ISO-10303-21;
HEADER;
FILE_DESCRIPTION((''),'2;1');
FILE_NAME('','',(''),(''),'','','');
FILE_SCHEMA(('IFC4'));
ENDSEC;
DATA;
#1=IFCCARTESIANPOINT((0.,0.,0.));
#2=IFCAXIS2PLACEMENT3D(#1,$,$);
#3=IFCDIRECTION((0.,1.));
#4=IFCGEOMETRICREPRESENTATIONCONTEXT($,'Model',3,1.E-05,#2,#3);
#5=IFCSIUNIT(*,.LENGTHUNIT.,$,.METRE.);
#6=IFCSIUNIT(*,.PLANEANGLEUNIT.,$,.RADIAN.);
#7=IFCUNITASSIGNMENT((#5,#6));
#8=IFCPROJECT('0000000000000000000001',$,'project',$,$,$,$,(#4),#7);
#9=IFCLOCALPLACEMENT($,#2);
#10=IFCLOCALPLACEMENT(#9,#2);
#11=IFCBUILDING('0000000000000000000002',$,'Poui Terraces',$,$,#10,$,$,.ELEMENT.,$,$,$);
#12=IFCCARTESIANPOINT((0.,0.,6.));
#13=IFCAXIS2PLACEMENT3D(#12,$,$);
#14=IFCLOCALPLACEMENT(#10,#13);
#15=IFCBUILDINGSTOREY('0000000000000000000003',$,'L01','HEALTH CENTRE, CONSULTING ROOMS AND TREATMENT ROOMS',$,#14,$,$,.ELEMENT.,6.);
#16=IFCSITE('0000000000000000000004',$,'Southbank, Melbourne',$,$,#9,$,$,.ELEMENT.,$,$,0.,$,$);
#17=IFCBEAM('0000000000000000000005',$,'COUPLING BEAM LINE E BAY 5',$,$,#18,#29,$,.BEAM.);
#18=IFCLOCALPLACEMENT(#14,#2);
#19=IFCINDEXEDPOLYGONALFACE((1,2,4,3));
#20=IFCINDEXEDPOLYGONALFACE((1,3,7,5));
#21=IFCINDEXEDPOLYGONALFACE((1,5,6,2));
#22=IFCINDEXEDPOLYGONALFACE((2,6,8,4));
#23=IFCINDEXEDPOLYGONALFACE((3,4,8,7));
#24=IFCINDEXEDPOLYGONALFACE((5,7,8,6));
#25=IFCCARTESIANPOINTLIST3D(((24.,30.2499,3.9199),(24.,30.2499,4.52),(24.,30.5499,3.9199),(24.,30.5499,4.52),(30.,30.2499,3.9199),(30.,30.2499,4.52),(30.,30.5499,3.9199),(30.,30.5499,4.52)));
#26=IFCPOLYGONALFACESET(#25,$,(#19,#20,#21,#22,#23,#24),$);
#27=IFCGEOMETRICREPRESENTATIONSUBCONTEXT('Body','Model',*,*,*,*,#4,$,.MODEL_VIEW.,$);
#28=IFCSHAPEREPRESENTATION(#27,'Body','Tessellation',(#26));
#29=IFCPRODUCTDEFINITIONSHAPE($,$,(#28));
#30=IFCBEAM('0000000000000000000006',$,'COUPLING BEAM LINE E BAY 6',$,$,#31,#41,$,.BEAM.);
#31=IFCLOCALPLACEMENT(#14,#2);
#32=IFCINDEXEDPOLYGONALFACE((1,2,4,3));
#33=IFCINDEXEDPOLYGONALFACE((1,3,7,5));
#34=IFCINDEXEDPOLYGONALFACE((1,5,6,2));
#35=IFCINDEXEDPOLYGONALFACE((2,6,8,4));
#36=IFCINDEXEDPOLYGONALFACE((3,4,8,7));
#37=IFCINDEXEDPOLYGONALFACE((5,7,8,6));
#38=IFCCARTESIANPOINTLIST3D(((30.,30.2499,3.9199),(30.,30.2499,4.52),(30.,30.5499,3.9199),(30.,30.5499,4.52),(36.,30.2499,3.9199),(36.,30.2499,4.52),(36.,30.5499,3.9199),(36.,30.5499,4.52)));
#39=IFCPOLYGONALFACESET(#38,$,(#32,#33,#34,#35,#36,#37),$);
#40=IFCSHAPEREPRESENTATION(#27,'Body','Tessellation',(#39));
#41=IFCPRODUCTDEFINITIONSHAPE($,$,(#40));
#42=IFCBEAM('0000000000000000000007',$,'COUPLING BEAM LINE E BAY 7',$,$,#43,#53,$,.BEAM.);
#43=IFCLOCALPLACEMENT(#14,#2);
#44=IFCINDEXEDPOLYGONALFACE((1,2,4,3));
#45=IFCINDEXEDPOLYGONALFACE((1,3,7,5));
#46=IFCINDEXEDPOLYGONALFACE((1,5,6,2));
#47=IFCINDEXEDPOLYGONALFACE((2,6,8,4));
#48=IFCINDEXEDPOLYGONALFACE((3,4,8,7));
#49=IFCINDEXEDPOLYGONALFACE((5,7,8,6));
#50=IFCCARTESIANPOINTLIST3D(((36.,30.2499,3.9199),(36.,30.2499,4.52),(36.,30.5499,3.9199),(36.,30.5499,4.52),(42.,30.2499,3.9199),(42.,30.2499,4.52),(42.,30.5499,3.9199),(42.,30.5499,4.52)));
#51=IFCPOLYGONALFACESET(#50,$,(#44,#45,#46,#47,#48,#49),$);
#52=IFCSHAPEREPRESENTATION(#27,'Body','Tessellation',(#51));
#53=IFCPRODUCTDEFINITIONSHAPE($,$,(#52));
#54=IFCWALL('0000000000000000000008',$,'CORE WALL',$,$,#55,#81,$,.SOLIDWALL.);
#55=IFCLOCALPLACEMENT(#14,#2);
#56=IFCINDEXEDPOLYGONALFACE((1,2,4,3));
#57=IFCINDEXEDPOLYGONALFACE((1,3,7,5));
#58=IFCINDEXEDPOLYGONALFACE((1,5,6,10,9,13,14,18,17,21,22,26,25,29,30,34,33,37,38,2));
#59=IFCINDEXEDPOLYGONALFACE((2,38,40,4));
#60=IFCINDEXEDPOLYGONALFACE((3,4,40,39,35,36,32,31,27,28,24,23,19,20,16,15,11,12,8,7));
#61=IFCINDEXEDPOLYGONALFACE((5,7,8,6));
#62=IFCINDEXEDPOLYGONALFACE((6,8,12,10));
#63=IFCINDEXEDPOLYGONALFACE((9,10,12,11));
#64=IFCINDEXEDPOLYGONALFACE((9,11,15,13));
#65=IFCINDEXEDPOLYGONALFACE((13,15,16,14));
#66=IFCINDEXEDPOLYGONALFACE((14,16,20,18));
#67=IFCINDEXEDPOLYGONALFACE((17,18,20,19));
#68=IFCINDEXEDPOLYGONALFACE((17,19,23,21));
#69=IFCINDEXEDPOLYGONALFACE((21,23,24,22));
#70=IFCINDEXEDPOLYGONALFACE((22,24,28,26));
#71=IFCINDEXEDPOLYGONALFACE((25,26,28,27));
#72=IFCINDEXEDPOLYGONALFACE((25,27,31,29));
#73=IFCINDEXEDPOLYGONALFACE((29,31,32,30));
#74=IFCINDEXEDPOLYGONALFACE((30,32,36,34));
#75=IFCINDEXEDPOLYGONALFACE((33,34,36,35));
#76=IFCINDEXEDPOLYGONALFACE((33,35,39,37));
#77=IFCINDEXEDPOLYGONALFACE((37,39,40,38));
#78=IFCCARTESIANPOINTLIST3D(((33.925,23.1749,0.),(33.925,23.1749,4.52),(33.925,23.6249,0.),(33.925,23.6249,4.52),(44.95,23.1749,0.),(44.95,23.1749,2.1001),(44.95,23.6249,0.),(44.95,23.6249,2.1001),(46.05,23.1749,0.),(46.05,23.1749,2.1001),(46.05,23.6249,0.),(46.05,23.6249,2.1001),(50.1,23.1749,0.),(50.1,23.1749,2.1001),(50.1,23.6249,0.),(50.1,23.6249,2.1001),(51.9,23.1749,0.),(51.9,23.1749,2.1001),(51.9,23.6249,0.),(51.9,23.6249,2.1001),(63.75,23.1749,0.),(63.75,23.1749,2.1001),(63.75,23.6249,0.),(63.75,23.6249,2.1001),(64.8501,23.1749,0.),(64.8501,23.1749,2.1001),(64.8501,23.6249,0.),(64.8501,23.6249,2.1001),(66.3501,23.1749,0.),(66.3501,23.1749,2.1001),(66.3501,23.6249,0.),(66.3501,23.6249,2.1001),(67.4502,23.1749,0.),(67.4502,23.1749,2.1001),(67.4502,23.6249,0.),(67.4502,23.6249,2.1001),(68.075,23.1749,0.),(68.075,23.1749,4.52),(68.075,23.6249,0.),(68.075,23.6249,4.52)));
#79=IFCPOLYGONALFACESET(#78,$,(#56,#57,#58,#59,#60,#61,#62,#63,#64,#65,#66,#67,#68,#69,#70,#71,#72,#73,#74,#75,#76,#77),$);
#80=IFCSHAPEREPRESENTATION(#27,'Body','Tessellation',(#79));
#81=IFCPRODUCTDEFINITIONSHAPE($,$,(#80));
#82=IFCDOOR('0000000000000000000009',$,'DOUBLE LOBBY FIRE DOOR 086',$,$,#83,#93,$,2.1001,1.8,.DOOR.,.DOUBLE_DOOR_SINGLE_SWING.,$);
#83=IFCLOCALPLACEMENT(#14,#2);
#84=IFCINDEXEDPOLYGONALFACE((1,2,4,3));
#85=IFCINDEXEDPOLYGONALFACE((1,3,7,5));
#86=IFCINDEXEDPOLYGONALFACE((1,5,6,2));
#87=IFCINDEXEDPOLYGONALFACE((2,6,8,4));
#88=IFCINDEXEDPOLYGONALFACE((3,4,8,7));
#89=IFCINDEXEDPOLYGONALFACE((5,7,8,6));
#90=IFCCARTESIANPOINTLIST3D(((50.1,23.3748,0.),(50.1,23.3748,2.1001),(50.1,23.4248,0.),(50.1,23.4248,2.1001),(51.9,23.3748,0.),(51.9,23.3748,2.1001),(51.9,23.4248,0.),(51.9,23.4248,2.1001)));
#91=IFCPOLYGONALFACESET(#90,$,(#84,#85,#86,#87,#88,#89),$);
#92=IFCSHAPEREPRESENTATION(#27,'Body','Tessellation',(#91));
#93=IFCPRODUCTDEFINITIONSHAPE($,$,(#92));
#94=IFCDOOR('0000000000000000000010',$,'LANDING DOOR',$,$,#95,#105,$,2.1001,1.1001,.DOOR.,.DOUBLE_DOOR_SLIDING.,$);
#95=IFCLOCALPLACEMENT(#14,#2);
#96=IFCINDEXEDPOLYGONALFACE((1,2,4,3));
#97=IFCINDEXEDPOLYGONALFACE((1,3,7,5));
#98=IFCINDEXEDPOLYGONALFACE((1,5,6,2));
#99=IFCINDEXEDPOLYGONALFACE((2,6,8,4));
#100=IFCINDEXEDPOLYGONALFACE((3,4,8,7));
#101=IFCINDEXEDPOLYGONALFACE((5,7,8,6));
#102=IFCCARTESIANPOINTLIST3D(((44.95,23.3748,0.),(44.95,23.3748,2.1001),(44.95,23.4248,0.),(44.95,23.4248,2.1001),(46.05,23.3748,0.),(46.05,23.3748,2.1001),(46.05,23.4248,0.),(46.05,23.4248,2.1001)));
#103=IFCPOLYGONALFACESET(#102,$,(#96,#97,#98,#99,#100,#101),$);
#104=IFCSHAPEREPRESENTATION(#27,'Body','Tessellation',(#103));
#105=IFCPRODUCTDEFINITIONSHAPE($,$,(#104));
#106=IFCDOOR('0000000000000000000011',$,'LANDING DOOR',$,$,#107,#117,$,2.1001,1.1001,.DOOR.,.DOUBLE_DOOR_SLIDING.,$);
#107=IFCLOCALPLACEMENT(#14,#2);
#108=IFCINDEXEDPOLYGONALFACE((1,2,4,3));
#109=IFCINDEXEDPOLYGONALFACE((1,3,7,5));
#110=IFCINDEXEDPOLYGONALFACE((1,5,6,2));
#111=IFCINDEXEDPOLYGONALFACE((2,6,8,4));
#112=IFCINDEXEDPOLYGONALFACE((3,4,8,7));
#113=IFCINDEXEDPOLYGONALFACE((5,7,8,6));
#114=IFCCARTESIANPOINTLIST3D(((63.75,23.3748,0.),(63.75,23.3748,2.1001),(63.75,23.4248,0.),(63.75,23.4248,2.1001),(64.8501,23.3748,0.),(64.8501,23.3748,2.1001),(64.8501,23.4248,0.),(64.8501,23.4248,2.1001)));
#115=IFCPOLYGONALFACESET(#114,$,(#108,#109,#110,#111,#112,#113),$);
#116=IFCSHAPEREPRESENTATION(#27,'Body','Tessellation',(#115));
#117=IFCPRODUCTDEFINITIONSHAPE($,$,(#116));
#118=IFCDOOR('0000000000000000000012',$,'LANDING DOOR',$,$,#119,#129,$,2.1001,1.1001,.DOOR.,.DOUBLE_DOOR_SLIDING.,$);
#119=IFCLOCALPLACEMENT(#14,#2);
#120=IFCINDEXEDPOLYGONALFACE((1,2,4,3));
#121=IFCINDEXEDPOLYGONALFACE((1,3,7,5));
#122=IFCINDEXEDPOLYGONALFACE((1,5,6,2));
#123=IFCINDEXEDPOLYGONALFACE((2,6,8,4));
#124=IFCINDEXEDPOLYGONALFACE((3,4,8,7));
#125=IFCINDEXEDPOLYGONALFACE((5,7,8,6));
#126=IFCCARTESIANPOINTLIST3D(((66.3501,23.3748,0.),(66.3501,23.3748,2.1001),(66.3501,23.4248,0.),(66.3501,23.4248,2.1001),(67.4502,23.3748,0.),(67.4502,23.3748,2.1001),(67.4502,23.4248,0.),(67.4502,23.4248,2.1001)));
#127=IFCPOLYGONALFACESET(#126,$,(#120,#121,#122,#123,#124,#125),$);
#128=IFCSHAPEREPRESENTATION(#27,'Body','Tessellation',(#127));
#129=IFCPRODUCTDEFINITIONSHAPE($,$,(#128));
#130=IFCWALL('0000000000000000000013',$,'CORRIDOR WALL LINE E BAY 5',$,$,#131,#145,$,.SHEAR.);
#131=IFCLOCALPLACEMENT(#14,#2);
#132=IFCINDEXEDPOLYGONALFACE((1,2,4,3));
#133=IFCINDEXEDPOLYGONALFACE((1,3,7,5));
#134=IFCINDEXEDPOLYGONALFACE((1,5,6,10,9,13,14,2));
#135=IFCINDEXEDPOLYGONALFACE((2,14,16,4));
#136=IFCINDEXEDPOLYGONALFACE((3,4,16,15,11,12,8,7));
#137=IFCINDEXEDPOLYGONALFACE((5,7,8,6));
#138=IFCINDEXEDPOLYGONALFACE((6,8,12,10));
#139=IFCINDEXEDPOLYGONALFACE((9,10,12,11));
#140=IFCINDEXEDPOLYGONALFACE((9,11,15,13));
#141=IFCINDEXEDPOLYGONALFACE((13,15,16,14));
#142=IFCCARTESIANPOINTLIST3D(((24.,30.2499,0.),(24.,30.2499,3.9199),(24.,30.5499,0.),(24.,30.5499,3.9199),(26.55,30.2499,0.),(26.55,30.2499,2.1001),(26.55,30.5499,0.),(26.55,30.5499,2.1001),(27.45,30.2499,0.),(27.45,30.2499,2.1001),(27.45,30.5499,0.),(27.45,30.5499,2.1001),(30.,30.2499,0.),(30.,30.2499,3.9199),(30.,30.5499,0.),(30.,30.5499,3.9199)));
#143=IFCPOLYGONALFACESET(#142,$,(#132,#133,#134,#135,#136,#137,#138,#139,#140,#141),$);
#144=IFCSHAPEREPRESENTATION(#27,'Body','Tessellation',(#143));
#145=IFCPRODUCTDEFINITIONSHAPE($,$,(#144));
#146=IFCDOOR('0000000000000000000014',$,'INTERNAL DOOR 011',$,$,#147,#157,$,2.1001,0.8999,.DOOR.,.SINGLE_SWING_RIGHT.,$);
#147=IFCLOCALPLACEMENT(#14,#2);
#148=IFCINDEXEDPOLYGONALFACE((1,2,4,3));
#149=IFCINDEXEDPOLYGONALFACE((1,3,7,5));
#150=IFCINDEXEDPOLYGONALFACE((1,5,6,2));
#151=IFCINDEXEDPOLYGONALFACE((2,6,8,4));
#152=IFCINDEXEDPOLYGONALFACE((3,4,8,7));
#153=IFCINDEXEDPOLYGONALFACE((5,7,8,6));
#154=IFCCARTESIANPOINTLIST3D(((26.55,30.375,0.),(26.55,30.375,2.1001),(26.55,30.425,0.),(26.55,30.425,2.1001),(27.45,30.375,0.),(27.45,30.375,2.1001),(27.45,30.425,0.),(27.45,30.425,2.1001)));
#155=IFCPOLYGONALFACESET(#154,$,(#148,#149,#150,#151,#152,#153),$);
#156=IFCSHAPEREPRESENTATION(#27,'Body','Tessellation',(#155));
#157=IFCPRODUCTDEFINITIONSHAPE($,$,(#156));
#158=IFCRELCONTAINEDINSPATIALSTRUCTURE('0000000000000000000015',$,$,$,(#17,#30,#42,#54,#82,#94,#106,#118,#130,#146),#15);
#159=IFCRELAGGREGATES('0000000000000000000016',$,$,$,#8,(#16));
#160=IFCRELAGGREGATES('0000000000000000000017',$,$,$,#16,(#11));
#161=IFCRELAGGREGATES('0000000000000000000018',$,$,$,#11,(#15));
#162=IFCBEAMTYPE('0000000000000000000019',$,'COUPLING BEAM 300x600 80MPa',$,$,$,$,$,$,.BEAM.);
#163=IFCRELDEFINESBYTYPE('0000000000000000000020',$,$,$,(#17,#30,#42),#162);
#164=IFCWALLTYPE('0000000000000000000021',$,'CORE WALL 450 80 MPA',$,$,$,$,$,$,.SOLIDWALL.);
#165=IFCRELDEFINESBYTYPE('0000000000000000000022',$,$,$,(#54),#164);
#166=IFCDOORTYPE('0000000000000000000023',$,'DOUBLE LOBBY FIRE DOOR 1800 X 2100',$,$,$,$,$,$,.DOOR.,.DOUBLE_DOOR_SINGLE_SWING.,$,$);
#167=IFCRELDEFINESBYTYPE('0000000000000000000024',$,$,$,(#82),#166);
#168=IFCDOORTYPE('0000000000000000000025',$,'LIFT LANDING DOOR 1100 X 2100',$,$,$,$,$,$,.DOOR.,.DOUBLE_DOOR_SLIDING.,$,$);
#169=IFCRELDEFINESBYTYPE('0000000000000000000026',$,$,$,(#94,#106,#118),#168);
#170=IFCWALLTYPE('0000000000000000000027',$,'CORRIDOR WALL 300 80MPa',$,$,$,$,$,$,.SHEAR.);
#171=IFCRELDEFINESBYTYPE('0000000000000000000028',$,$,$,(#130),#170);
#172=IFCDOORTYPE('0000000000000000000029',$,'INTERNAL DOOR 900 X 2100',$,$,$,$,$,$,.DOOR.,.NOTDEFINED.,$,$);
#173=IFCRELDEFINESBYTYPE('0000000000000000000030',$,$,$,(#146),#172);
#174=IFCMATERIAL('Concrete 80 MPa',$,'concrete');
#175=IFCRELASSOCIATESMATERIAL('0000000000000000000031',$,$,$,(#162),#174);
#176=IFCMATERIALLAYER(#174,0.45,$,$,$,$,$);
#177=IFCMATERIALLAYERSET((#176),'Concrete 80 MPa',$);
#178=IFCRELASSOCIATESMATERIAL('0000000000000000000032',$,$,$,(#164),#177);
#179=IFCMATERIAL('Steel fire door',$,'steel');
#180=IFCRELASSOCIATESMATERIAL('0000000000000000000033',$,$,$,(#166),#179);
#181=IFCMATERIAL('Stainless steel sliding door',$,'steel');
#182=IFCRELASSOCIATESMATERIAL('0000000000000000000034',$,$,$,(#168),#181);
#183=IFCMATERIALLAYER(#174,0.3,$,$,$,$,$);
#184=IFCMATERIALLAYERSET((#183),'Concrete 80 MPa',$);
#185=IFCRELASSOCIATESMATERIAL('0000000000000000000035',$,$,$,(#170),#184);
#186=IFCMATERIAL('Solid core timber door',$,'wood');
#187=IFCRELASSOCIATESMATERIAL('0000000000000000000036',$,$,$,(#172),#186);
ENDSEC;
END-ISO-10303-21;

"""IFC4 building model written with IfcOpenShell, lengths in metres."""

from ifc_helpers import new_model, si_unit, direction, frame, frame_2d, origin, origin_2d, place, context, subcontext, project, spatial, rectangle, extrude, source, transform, mapped, material, layer, layer_set, material_profile, profile_set, type_object, element, fill, save


model = new_model("IFC4")

# Units and contexts
model_context = context("Model", 3, precision=1e-05, world=origin(), true_north=direction((0.0, 1.0)))
body_context = subcontext(model_context, "Body", "Model", "MODEL_VIEW")
ifc_project = project(units=[si_unit("LENGTHUNIT", "METRE"), si_unit("PLANEANGLEUNIT", "RADIAN")], contexts=[model_context])

# Site, building, storey
site_placement = place(None, origin())
site = spatial("IfcSite", under=ifc_project, at=site_placement, Name="Southbank, Melbourne", CompositionType="ELEMENT", RefElevation=0.0)
building_placement = place(site_placement, origin())
building = spatial("IfcBuilding", under=site, at=building_placement, Name="Poui Terraces", CompositionType="ELEMENT")
storey_placement = place(building_placement, frame((0.0, 0.0, 6.0)))
storey = spatial("IfcBuildingStorey", under=building, at=storey_placement, Name="L01", Description="HEALTH CENTRE, CONSULTING ROOMS AND TREATMENT ROOMS", CompositionType="ELEMENT", Elevation=6.0)

# Beams
ifc_material_1 = material(Name="Concrete 80 MPa", Category="concrete")
ifc_material_profile = material_profile(ifc_material_1, rectangle(XDim=0.3, YDim=0.6001, at=origin_2d()), Name="RC 300x600")
ifc_profile_set = profile_set([ifc_material_profile], Name="Concrete 80 MPa")
beam_type = type_object("IfcBeamType", Name="COUPLING BEAM 300x600 80MPa", PredefinedType="BEAM", material=ifc_profile_set)
shared_shape = source(origin(), body_context, "Body", "SweptSolid", [
    extrude(rectangle(XDim=0.3, YDim=0.6001, at=origin_2d()), origin(), (0.0, 0.0, 1.0), 6.0),
])
for number, where, z_axis, x_axis, name in (
    (1, (24.0, 30.3999, 4.22), (1.0, 0.0, 0.0), (0.0, 1.0, 0.0), "COUPLING BEAM LINE E BAY 5"),
    (2, (30.0, 30.3999, 4.22), (1.0, 0.0, 0.0), (0.0, 1.0, 0.0), "COUPLING BEAM LINE E BAY 6"),
    (3, (36.0, 30.3999, 4.22), (1.0, 0.0, 0.0), (0.0, 1.0, 0.0), "COUPLING BEAM LINE E BAY 7"),
):
    element("IfcBeam", number, at=place(storey_placement, frame(where, z_axis=z_axis, x_axis=x_axis)), inside=storey, type_object=beam_type, Name=name, PredefinedType="BEAM", context=body_context, shape_type="MappedRepresentation", body=[
        mapped(shared_shape, transform((0.0, 0.0, 0.0))),
    ])

# Wall, openings, doors
ifc_layer_1 = layer(ifc_material_1, 0.45)
ifc_layer_set_1 = layer_set([ifc_layer_1], Name="Concrete 80 MPa")
wall_type_1 = type_object("IfcWallType", Name="CORE WALL 450 80 MPA", PredefinedType="SOLIDWALL", material=ifc_layer_set_1)
wall_1_placement = place(storey_placement, frame((33.925, 23.3999, 0.0), z_axis=(0.0, 0.0, 1.0), x_axis=(1.0, 0.0, 0.0)))
wall_1 = element("IfcWall", 4, at=wall_1_placement, inside=storey, type_object=wall_type_1, Name="CORE WALL", PredefinedType="SOLIDWALL", context=body_context, shape_type="SweptSolid", body=[
    extrude(rectangle(XDim=34.1499, YDim=0.45, at=frame_2d((17.075, 0.0))), origin(), (0.0, 0.0, 1.0), 4.52),
])
opening_1_placement = place(wall_1_placement, frame((16.175, 0.0, 0.0)))
opening_1 = element("IfcOpeningElement", 5, at=opening_1_placement, cuts=wall_1, PredefinedType="OPENING", context=body_context, shape_type="SweptSolid", body=[
    extrude(rectangle(XDim=1.8, YDim=2.1001, at=frame_2d((0.8999, 1.05))), frame((0.0, 0.2349, 0.0), z_axis=(0.0, -1.0, 0.0), x_axis=(1.0, 0.0, 0.0)), (0.0, 0.0, 1.0), 0.47),
])
opening_2_placement = place(wall_1_placement, frame((11.0249, 0.0, 0.0)))
opening_2 = element("IfcOpeningElement", 6, at=opening_2_placement, cuts=wall_1, PredefinedType="OPENING", context=body_context, shape_type="SweptSolid", body=[
    extrude(rectangle(XDim=1.1001, YDim=2.1001, at=frame_2d((0.55, 1.05))), frame((0.0, 0.2349, 0.0), z_axis=(0.0, -1.0, 0.0), x_axis=(1.0, 0.0, 0.0)), (0.0, 0.0, 1.0), 0.47),
])
opening_3_placement = place(wall_1_placement, frame((29.825, 0.0, 0.0)))
opening_3 = element("IfcOpeningElement", 7, at=opening_3_placement, cuts=wall_1, PredefinedType="OPENING", context=body_context, shape_type="SweptSolid", body=[
    extrude(rectangle(XDim=1.1001, YDim=2.1001, at=frame_2d((0.55, 1.05))), frame((0.0, 0.2349, 0.0), z_axis=(0.0, -1.0, 0.0), x_axis=(1.0, 0.0, 0.0)), (0.0, 0.0, 1.0), 0.47),
])
opening_4_placement = place(wall_1_placement, frame((32.425, 0.0, 0.0)))
opening_4 = element("IfcOpeningElement", 8, at=opening_4_placement, cuts=wall_1, PredefinedType="OPENING", context=body_context, shape_type="SweptSolid", body=[
    extrude(rectangle(XDim=1.1001, YDim=2.1001, at=frame_2d((0.55, 1.05))), frame((0.0, 0.2349, 0.0), z_axis=(0.0, -1.0, 0.0), x_axis=(1.0, 0.0, 0.0)), (0.0, 0.0, 1.0), 0.47),
])
ifc_material_2 = material(Name="Steel fire door", Category="steel")
door_type_1 = type_object("IfcDoorType", Name="DOUBLE LOBBY FIRE DOOR 1800 X 2100", OperationType="DOUBLE_DOOR_SINGLE_SWING", PredefinedType="DOOR", material=ifc_material_2)
door_1_placement = place(opening_1_placement, origin())
door_1 = element("IfcDoor", 9, at=door_1_placement, inside=storey, type_object=door_type_1, Name="DOUBLE LOBBY FIRE DOOR 086", OperationType="DOUBLE_DOOR_SINGLE_SWING", OverallHeight=2.1001, OverallWidth=1.8, PredefinedType="DOOR", context=body_context, shape_type="SweptSolid", body=[
    extrude(rectangle(XDim=1.8, YDim=2.1001, at=frame_2d((0.8999, 1.05))), frame((0.0, 0.0249, 0.0), z_axis=(0.0, -1.0, 0.0), x_axis=(1.0, 0.0, 0.0)), (0.0, 0.0, 1.0), 0.05),
])
fill(opening_1, door_1)
ifc_material_3 = material(Name="Stainless steel sliding door", Category="steel")
door_type_2 = type_object("IfcDoorType", Name="LIFT LANDING DOOR 1100 X 2100", OperationType="DOUBLE_DOOR_SLIDING", PredefinedType="DOOR", material=ifc_material_3)
door_2_placement = place(opening_2_placement, origin())
door_2 = element("IfcDoor", 10, at=door_2_placement, inside=storey, type_object=door_type_2, Name="LANDING DOOR", OperationType="DOUBLE_DOOR_SLIDING", OverallHeight=2.1001, OverallWidth=1.1001, PredefinedType="DOOR", context=body_context, shape_type="SweptSolid", body=[
    extrude(rectangle(XDim=1.1001, YDim=2.1001, at=frame_2d((0.55, 1.05))), frame((0.0, 0.0249, 0.0), z_axis=(0.0, -1.0, 0.0), x_axis=(1.0, 0.0, 0.0)), (0.0, 0.0, 1.0), 0.05),
])
fill(opening_2, door_2)
door_3_placement = place(opening_3_placement, origin())
door_3 = element("IfcDoor", 11, at=door_3_placement, inside=storey, type_object=door_type_2, Name="LANDING DOOR", OperationType="DOUBLE_DOOR_SLIDING", OverallHeight=2.1001, OverallWidth=1.1001, PredefinedType="DOOR", context=body_context, shape_type="SweptSolid", body=[
    extrude(rectangle(XDim=1.1001, YDim=2.1001, at=frame_2d((0.55, 1.05))), frame((0.0, 0.0249, 0.0), z_axis=(0.0, -1.0, 0.0), x_axis=(1.0, 0.0, 0.0)), (0.0, 0.0, 1.0), 0.05),
])
fill(opening_3, door_3)
door_4_placement = place(opening_4_placement, origin())
door_4 = element("IfcDoor", 12, at=door_4_placement, inside=storey, type_object=door_type_2, Name="LANDING DOOR", OperationType="DOUBLE_DOOR_SLIDING", OverallHeight=2.1001, OverallWidth=1.1001, PredefinedType="DOOR", context=body_context, shape_type="SweptSolid", body=[
    extrude(rectangle(XDim=1.1001, YDim=2.1001, at=frame_2d((0.55, 1.05))), frame((0.0, 0.0249, 0.0), z_axis=(0.0, -1.0, 0.0), x_axis=(1.0, 0.0, 0.0)), (0.0, 0.0, 1.0), 0.05),
])
fill(opening_4, door_4)

# Wall, opening, door
ifc_layer_2 = layer(ifc_material_1, 0.3)
ifc_layer_set_2 = layer_set([ifc_layer_2], Name="Concrete 80 MPa")
wall_type_2 = type_object("IfcWallType", Name="CORRIDOR WALL 300 80MPa", PredefinedType="SHEAR", material=ifc_layer_set_2)
wall_2_placement = place(storey_placement, frame((24.0, 30.3999, 0.0), z_axis=(0.0, 0.0, 1.0), x_axis=(1.0, 0.0, 0.0)))
wall_2 = element("IfcWall", 13, at=wall_2_placement, inside=storey, type_object=wall_type_2, Name="CORRIDOR WALL LINE E BAY 5", PredefinedType="SHEAR", context=body_context, shape_type="SweptSolid", body=[
    extrude(rectangle(XDim=6.0, YDim=0.3, at=frame_2d((3.0, 0.0))), origin(), (0.0, 0.0, 1.0), 3.9199),
])
opening_5_placement = place(wall_2_placement, frame((2.55, 0.0, 0.0)))
opening_5 = element("IfcOpeningElement", 14, at=opening_5_placement, cuts=wall_2, PredefinedType="OPENING", context=body_context, shape_type="SweptSolid", body=[
    extrude(rectangle(XDim=0.8999, YDim=2.1001, at=frame_2d((0.45, 1.05))), frame((0.0, 0.1602, 0.0), z_axis=(0.0, -1.0, 0.0), x_axis=(1.0, 0.0, 0.0)), (0.0, 0.0, 1.0), 0.3201),
])
ifc_material_4 = material(Name="Solid core timber door", Category="wood")
door_type_3 = type_object("IfcDoorType", Name="INTERNAL DOOR 900 X 2100", OperationType="NOTDEFINED", PredefinedType="DOOR", material=ifc_material_4)
door_5_placement = place(opening_5_placement, frame((0.8999, 0.0, 0.0), z_axis=(0.0, 0.0, 1.0), x_axis=(-1.0, 0.0, 0.0)))
door_5 = element("IfcDoor", 15, at=door_5_placement, inside=storey, type_object=door_type_3, Name="INTERNAL DOOR 011", OperationType="SINGLE_SWING_RIGHT", OverallHeight=2.1001, OverallWidth=0.8999, PredefinedType="DOOR", context=body_context, shape_type="SweptSolid", body=[
    extrude(rectangle(XDim=0.8999, YDim=2.1001, at=frame_2d((0.45, 1.05))), frame((0.0, 0.0249, 0.0), z_axis=(0.0, -1.0, 0.0), x_axis=(1.0, 0.0, 0.0)), (0.0, 0.0, 1.0), 0.05),
])
fill(opening_5, door_5)

save(model, "model.ifc")
